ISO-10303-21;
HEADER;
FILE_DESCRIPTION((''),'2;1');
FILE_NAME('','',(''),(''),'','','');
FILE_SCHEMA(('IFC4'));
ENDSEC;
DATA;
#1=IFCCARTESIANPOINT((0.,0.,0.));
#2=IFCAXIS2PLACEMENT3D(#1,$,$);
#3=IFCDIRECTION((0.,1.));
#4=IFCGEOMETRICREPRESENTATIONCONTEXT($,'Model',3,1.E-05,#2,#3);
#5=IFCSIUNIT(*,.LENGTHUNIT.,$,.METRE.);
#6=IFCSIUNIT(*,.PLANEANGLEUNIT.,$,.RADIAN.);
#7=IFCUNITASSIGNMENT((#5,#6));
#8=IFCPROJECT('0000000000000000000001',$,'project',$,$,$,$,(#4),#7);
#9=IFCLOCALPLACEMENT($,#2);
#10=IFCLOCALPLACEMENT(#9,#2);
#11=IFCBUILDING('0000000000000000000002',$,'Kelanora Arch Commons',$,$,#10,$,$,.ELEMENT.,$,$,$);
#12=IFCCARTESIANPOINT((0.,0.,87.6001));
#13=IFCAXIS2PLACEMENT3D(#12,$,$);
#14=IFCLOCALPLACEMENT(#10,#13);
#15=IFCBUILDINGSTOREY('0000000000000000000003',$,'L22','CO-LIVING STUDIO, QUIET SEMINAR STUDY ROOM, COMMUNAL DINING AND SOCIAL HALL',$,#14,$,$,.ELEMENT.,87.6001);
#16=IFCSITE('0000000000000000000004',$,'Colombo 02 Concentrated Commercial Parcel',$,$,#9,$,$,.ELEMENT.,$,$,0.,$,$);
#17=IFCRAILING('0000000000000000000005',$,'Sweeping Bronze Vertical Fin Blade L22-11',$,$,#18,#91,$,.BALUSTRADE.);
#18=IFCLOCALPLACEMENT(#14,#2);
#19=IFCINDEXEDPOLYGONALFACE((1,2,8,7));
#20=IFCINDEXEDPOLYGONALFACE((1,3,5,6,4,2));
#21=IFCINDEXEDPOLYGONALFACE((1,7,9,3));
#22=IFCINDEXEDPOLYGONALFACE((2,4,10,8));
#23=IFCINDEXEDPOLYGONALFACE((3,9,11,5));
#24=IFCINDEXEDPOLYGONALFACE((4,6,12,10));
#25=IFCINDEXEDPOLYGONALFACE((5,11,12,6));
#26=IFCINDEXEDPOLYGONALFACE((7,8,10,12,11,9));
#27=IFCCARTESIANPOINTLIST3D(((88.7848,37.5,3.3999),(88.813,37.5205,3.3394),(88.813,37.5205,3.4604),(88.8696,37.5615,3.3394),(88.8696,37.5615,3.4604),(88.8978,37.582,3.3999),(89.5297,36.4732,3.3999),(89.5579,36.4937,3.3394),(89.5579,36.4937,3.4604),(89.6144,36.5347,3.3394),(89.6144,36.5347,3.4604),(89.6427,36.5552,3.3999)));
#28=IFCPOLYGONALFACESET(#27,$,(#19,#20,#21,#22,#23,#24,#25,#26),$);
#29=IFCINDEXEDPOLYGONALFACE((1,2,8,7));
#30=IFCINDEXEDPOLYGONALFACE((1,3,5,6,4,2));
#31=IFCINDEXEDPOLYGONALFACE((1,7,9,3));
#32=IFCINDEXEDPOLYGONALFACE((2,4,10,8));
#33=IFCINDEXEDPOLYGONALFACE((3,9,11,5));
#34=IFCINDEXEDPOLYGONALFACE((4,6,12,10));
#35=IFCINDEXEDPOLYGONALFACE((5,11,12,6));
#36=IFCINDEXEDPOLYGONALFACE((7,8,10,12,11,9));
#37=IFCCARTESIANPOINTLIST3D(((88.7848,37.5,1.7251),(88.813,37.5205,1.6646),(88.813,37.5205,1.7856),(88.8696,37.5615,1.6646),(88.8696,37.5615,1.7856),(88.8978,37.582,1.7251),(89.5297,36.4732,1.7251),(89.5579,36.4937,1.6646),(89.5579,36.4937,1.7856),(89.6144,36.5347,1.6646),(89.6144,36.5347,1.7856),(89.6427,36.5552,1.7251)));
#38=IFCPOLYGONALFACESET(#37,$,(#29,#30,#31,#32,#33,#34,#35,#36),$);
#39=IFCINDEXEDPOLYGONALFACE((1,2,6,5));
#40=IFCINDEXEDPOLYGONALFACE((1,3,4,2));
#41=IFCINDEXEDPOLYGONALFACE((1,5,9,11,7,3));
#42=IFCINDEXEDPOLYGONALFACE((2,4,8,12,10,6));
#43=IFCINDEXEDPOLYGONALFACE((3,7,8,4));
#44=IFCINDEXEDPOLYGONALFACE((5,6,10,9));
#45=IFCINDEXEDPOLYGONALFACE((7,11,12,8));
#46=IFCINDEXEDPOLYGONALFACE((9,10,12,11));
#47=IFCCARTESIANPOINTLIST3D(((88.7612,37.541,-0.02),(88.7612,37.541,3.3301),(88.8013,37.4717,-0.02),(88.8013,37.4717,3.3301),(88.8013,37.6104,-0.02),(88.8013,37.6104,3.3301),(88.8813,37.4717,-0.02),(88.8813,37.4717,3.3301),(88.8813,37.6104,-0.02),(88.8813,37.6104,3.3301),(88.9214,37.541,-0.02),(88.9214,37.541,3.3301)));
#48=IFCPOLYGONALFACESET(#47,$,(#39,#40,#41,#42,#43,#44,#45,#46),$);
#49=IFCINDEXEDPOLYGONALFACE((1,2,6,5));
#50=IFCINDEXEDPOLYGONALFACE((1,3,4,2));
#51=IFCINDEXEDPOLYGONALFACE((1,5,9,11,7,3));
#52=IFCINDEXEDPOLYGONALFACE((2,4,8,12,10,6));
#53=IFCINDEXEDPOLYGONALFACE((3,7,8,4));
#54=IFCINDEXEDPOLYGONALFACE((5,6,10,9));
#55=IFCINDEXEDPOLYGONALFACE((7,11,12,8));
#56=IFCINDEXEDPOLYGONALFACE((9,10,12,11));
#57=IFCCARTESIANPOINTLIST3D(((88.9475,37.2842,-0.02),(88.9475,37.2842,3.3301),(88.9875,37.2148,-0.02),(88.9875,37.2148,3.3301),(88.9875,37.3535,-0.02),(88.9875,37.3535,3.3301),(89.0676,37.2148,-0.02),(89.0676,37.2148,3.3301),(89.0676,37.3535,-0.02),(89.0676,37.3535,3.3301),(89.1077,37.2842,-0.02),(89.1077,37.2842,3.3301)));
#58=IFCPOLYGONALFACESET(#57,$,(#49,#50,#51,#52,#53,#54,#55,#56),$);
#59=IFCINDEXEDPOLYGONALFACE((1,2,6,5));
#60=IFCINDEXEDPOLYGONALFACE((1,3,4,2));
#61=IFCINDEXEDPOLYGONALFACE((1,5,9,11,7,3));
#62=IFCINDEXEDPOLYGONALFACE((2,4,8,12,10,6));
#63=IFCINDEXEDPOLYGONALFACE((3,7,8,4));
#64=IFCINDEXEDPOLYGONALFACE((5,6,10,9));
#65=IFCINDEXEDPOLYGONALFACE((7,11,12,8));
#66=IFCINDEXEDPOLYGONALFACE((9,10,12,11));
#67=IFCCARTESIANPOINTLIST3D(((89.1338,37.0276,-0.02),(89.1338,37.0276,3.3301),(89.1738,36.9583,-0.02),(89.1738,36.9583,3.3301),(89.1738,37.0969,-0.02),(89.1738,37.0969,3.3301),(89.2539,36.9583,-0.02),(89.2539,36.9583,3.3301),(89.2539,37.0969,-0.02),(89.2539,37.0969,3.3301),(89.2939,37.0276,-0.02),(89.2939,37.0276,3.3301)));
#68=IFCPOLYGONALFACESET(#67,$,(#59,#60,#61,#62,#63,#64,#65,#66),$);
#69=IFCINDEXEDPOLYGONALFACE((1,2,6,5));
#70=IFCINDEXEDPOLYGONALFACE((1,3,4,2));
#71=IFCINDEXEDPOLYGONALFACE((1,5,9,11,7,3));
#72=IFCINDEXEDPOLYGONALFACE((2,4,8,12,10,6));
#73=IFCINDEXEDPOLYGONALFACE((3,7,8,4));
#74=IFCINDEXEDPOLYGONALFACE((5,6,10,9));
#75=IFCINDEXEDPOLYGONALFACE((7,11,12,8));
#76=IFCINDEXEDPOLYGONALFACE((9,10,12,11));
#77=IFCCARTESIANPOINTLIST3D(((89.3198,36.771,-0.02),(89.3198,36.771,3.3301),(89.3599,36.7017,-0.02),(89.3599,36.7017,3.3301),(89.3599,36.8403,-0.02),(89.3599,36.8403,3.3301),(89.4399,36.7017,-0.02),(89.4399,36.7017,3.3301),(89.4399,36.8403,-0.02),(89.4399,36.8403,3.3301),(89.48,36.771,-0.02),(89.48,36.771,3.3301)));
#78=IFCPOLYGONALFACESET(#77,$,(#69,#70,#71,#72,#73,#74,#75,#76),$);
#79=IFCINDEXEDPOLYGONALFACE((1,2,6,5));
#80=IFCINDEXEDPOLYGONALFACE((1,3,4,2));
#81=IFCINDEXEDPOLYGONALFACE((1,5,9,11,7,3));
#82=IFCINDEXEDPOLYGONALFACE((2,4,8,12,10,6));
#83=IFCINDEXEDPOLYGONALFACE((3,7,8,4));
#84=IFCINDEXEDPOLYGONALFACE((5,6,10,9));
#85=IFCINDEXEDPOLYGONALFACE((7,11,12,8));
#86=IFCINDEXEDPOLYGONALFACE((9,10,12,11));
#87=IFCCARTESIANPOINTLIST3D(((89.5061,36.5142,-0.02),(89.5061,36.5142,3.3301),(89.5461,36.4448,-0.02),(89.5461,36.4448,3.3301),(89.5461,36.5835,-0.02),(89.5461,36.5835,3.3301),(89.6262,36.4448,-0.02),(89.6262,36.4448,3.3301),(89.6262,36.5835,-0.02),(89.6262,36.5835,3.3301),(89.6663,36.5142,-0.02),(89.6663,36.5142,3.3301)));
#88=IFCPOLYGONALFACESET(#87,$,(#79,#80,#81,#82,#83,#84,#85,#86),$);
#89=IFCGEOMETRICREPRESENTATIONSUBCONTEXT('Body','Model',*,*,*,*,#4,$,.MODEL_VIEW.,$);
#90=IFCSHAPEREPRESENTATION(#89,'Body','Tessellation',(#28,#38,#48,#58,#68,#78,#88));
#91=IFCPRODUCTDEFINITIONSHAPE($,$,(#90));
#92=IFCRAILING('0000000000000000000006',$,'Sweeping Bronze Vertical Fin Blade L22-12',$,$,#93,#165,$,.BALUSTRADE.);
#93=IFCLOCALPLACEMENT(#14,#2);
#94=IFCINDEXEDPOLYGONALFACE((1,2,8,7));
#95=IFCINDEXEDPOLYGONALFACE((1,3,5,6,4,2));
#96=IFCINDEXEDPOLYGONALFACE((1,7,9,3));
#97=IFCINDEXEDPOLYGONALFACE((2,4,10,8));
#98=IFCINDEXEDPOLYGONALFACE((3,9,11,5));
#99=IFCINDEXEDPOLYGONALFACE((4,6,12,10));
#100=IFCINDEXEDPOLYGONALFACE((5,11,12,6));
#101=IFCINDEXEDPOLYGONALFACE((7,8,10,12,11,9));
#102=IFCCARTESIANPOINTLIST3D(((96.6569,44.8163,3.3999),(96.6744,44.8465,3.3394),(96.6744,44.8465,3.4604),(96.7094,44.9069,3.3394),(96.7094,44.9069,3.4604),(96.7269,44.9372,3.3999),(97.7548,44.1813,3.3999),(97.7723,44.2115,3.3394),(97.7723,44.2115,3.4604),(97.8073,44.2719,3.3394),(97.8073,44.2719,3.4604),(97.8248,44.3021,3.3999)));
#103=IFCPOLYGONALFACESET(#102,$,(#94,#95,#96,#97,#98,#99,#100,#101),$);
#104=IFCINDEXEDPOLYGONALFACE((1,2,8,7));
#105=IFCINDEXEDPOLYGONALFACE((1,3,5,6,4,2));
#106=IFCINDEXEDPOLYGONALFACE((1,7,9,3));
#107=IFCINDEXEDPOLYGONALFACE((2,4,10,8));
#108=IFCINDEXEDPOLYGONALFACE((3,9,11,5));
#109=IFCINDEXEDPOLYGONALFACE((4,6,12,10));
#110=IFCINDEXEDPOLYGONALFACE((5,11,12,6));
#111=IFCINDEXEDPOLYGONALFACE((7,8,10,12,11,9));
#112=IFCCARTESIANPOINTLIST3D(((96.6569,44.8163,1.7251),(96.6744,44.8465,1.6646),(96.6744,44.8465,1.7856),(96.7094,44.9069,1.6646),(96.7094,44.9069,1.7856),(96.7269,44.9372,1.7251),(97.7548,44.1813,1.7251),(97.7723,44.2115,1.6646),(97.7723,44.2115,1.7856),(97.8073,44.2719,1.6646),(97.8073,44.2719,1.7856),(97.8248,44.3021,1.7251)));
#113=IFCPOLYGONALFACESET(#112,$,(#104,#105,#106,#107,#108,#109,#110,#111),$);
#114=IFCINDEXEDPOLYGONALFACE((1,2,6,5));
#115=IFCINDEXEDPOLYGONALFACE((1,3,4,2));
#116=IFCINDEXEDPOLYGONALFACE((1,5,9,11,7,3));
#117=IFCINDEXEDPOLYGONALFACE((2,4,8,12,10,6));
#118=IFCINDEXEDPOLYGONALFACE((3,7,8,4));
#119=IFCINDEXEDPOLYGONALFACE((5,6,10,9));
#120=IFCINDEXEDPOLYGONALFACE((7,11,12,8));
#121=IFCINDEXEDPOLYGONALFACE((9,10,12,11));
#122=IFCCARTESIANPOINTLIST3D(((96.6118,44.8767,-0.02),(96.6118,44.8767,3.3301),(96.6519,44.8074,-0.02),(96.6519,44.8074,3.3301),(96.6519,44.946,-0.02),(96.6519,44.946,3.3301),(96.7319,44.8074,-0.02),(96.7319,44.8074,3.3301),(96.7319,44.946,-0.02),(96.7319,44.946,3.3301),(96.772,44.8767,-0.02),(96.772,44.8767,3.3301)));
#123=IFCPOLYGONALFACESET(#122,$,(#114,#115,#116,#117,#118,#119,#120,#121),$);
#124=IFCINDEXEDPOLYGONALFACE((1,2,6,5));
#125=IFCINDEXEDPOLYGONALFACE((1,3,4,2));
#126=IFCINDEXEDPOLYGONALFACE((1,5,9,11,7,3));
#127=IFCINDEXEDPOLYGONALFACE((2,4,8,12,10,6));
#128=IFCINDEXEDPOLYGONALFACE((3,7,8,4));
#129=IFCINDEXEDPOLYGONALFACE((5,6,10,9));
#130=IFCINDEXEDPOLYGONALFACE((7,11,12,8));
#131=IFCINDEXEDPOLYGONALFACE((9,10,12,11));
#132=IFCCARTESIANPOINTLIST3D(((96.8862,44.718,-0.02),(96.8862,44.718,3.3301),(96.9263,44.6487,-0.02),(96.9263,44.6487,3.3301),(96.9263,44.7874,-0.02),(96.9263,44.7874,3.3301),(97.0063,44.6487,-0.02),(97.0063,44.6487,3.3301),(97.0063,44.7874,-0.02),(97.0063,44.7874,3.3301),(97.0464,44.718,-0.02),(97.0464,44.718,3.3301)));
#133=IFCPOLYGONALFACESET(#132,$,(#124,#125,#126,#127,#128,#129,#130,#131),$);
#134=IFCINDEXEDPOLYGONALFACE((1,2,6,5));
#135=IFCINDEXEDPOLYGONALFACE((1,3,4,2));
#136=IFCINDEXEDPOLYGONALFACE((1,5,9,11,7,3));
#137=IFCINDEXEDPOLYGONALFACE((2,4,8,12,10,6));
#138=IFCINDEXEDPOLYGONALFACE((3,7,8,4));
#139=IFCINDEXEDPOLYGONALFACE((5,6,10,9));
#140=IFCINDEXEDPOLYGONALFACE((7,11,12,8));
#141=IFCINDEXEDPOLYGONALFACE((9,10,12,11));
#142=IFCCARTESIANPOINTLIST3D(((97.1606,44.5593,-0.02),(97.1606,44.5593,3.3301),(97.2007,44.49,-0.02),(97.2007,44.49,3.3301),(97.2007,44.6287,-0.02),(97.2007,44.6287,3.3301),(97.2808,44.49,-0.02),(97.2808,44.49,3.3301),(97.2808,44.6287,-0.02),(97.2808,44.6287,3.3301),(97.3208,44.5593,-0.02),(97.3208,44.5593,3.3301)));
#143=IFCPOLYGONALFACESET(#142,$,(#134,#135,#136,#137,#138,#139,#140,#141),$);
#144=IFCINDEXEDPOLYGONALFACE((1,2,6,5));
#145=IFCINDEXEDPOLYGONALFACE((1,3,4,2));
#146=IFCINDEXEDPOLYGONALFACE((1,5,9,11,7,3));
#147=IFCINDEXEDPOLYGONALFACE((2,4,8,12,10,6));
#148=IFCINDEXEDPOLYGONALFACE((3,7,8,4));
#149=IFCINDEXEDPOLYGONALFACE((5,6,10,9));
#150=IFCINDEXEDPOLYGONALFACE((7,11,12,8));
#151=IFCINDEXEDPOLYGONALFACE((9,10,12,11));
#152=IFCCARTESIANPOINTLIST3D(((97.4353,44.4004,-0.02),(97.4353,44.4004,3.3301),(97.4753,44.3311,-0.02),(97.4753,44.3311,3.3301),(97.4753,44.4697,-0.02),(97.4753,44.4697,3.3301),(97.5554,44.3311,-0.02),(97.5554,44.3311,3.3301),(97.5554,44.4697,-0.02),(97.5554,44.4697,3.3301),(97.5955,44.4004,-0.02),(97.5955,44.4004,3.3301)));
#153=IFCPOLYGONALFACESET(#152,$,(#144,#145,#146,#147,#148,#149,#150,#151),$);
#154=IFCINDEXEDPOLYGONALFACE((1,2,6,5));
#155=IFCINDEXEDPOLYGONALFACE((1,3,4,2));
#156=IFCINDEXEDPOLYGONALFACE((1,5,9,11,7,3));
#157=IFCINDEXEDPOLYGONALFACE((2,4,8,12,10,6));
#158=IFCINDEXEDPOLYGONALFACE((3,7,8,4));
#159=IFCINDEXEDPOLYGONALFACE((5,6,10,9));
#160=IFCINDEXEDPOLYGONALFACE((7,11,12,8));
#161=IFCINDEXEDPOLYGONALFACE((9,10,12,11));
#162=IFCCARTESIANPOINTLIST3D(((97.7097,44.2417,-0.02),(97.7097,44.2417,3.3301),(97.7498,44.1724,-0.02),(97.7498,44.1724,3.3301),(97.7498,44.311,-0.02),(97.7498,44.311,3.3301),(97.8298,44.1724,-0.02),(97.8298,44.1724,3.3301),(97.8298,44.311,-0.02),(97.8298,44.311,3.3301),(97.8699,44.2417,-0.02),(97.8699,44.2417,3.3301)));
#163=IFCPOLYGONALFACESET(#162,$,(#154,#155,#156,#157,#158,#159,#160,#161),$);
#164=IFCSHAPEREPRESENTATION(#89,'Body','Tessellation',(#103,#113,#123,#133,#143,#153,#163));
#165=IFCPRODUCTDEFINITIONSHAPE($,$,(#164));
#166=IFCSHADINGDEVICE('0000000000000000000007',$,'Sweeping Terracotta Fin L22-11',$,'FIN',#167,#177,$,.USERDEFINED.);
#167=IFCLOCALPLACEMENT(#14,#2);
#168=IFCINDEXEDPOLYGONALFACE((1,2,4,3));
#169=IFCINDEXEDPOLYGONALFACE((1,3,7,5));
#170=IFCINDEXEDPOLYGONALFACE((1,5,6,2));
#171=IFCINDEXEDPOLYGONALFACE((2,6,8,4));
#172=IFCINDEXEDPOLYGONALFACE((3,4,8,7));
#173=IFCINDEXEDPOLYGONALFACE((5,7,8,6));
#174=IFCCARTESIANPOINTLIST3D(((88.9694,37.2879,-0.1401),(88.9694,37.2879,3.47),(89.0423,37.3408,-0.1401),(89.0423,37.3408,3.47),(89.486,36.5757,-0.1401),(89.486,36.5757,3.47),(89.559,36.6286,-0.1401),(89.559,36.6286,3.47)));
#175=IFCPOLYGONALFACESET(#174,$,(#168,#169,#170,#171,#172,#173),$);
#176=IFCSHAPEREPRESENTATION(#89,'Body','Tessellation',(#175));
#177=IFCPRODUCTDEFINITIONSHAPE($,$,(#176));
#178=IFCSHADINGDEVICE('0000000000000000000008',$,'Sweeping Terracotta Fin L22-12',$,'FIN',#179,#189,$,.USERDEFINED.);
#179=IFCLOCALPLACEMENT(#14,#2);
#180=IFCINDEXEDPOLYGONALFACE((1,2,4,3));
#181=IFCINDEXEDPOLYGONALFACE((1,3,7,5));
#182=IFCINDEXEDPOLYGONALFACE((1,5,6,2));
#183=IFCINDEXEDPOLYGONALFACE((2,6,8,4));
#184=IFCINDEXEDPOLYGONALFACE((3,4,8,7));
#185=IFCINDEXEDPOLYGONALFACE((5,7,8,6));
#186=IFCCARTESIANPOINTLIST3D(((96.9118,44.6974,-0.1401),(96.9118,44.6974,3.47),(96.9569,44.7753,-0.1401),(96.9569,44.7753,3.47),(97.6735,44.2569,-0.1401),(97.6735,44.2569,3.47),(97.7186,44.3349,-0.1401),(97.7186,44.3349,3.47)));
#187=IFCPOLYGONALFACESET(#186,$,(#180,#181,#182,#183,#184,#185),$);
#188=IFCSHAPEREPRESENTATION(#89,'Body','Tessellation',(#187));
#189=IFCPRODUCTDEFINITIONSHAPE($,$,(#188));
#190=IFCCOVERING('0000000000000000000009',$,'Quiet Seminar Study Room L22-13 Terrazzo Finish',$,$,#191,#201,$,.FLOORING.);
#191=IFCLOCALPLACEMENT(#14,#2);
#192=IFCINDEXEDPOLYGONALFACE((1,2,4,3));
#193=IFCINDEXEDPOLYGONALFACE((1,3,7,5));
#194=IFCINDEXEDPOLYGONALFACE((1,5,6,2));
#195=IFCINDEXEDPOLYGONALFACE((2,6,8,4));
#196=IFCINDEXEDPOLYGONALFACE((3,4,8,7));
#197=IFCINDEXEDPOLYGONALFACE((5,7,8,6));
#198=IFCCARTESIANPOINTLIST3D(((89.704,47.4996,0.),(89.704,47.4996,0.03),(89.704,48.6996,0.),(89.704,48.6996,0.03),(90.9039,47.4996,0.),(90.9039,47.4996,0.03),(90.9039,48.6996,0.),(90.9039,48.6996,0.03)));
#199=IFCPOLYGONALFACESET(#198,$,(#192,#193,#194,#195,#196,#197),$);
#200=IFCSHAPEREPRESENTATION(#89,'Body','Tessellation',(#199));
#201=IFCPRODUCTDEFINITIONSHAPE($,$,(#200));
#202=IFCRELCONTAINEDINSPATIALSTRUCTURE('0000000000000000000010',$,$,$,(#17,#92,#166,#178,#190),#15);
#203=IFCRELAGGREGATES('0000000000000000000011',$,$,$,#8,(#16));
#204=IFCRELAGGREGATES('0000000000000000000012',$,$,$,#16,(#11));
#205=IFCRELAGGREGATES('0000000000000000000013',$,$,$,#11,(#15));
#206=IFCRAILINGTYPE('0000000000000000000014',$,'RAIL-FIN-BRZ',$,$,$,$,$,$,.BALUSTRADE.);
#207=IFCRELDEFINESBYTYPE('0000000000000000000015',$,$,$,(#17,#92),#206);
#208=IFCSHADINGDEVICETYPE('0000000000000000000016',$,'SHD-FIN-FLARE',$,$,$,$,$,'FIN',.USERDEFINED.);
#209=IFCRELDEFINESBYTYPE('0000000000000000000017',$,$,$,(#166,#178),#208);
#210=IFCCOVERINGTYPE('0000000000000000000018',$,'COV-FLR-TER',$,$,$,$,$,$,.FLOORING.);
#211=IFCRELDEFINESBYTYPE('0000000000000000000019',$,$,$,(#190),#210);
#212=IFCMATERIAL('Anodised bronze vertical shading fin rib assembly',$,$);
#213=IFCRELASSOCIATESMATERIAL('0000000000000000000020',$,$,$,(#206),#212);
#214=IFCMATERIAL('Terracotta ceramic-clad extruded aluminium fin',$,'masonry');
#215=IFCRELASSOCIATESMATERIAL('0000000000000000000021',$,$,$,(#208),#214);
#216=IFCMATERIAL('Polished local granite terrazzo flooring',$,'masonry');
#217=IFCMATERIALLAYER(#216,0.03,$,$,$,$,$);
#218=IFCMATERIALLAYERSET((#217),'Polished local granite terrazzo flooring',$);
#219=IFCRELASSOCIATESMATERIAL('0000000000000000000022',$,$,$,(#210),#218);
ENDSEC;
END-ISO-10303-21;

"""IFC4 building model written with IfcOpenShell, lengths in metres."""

from ifc_helpers import new_model, si_unit, direction, frame, origin, origin_2d, place, context, subcontext, project, spatial, polyline, rectangle, outline, extrude, source, transform, mapped, material, layer, layer_set, type_object, element, save


model = new_model("IFC4")

# Units and contexts
model_context = context("Model", 3, precision=1e-05, world=origin(), true_north=direction((0.0, 1.0)))
body_context = subcontext(model_context, "Body", "Model", "MODEL_VIEW")
ifc_project = project(units=[si_unit("LENGTHUNIT", "METRE"), si_unit("PLANEANGLEUNIT", "RADIAN")], contexts=[model_context])

# Site, building, storey
site_placement = place(None, origin())
site = spatial("IfcSite", under=ifc_project, at=site_placement, Name="Colombo 02 Concentrated Commercial Parcel", CompositionType="ELEMENT", RefElevation=0.0)
building_placement = place(site_placement, origin())
building = spatial("IfcBuilding", under=site, at=building_placement, Name="Kelanora Arch Commons", CompositionType="ELEMENT")
storey_placement = place(building_placement, frame((0.0, 0.0, 87.6001)))
storey = spatial("IfcBuildingStorey", under=building, at=storey_placement, Name="L22", Description="CO-LIVING STUDIO, QUIET SEMINAR STUDY ROOM, COMMUNAL DINING AND SOCIAL HALL", CompositionType="ELEMENT", Elevation=87.6001)

# Railings
ifc_material_1 = material(Name="Anodised bronze vertical shading fin rib assembly")
railing_type = type_object("IfcRailingType", Name="RAIL-FIN-BRZ", PredefinedType="BALUSTRADE", material=ifc_material_1)
railing_1_placement = place(storey_placement, frame((88.8413, 37.541, -0.02)))
element("IfcRailing", 1, at=railing_1_placement, inside=storey, type_object=railing_type, Name="Sweeping Bronze Vertical Fin Blade L22-11", PredefinedType="BALUSTRADE", context=body_context, shape_type="SweptSolid", body=[
    extrude(outline(polyline([(0.0698, 0.0), (0.0349, 0.0605), (-0.0349, 0.0605), (-0.0698, 0.0), (-0.0349, -0.0605), (0.0349, -0.0605), (0.0698, 0.0)])), frame((0.0, 0.0, 3.4199), z_axis=(0.587176, -0.80946, 0.0), x_axis=(0.80946, 0.587176, 0.0)), (0.0, 0.0, 1.0), 1.2686),
    extrude(outline(polyline([(0.0698, 0.0), (0.0349, 0.0605), (-0.0349, 0.0605), (-0.0698, 0.0), (-0.0349, -0.0605), (0.0349, -0.0605), (0.0698, 0.0)])), frame((0.0, 0.0, 1.7451), z_axis=(0.587176, -0.80946, 0.0), x_axis=(0.80946, 0.587176, 0.0)), (0.0, 0.0, 1.0), 1.2686),
    extrude(outline(polyline([(0.0801, 0.0), (0.04, 0.0693), (-0.04, 0.0693), (-0.0801, 0.0), (-0.04, -0.0693), (0.04, -0.0693), (0.0801, 0.0)])), origin(), (0.0, 0.0, 1.0), 3.3501),
    extrude(outline(polyline([(0.0801, 0.0), (0.04, 0.0693), (-0.04, 0.0693), (-0.0801, 0.0), (-0.04, -0.0693), (0.04, -0.0693), (0.0801, 0.0)])), frame((0.1863, -0.2568, 0.0)), (0.0, 0.0, 1.0), 3.3501),
    extrude(outline(polyline([(0.0801, 0.0), (0.04, 0.0693), (-0.04, 0.0693), (-0.0801, 0.0), (-0.04, -0.0693), (0.04, -0.0693), (0.0801, 0.0)])), frame((0.3726, -0.5134, 0.0)), (0.0, 0.0, 1.0), 3.3501),
    extrude(outline(polyline([(0.0801, 0.0), (0.04, 0.0693), (-0.04, 0.0693), (-0.0801, 0.0), (-0.04, -0.0693), (0.04, -0.0693), (0.0801, 0.0)])), frame((0.5586, -0.77, 0.0)), (0.0, 0.0, 1.0), 3.3501),
    extrude(outline(polyline([(0.0801, 0.0), (0.04, 0.0693), (-0.04, 0.0693), (-0.0801, 0.0), (-0.04, -0.0693), (0.04, -0.0693), (0.0801, 0.0)])), frame((0.7449, -1.0269, 0.0)), (0.0, 0.0, 1.0), 3.3501),
])
railing_2_placement = place(storey_placement, frame((96.6919, 44.8767, -0.02)))
element("IfcRailing", 2, at=railing_2_placement, inside=storey, type_object=railing_type, Name="Sweeping Bronze Vertical Fin Blade L22-12", PredefinedType="BALUSTRADE", context=body_context, shape_type="SweptSolid", body=[
    extrude(outline(polyline([(0.0698, 0.0), (0.0349, 0.0605), (-0.0349, 0.0605), (-0.0698, 0.0), (-0.0349, -0.0605), (0.0349, -0.0605), (0.0698, 0.0)])), frame((0.0, 0.0, 3.4199), z_axis=(0.865637, -0.500672, 0.0), x_axis=(0.500672, 0.865637, 0.0)), (0.0, 0.0, 1.0), 1.2683),
    extrude(outline(polyline([(0.0698, 0.0), (0.0349, 0.0605), (-0.0349, 0.0605), (-0.0698, 0.0), (-0.0349, -0.0605), (0.0349, -0.0605), (0.0698, 0.0)])), frame((0.0, 0.0, 1.7451), z_axis=(0.865637, -0.500672, 0.0), x_axis=(0.500672, 0.865637, 0.0)), (0.0, 0.0, 1.0), 1.2683),
    extrude(outline(polyline([(0.0801, 0.0), (0.04, 0.0693), (-0.04, 0.0693), (-0.0801, 0.0), (-0.04, -0.0693), (0.04, -0.0693), (0.0801, 0.0)])), origin(), (0.0, 0.0, 1.0), 3.3501),
    extrude(outline(polyline([(0.0801, 0.0), (0.04, 0.0693), (-0.04, 0.0693), (-0.0801, 0.0), (-0.04, -0.0693), (0.04, -0.0693), (0.0801, 0.0)])), frame((0.2744, -0.1587, 0.0)), (0.0, 0.0, 1.0), 3.3501),
    extrude(outline(polyline([(0.0801, 0.0), (0.04, 0.0693), (-0.04, 0.0693), (-0.0801, 0.0), (-0.04, -0.0693), (0.04, -0.0693), (0.0801, 0.0)])), frame((0.5488, -0.3174, 0.0)), (0.0, 0.0, 1.0), 3.3501),
    extrude(outline(polyline([(0.0801, 0.0), (0.04, 0.0693), (-0.04, 0.0693), (-0.0801, 0.0), (-0.04, -0.0693), (0.04, -0.0693), (0.0801, 0.0)])), frame((0.8235, -0.4763, 0.0)), (0.0, 0.0, 1.0), 3.3501),
    extrude(outline(polyline([(0.0801, 0.0), (0.04, 0.0693), (-0.04, 0.0693), (-0.0801, 0.0), (-0.04, -0.0693), (0.04, -0.0693), (0.0801, 0.0)])), frame((1.0979, -0.635, 0.0)), (0.0, 0.0, 1.0), 3.3501),
])

# Shading devices
ifc_material_2 = material(Name="Terracotta ceramic-clad extruded aluminium fin", Category="masonry")
shading_device_type = type_object("IfcShadingDeviceType", Name="SHD-FIN-FLARE", ElementType="FIN", PredefinedType="USERDEFINED", material=ifc_material_2)
shared_shape_1 = source(origin(), body_context, "Body", "SweptSolid", [
    extrude(rectangle(XDim=0.8799, YDim=0.0901, at=origin_2d()), origin(), (0.0, 0.0, 1.0), 3.6101),
])
for number, where, z_axis, x_axis, name in (
    (3, (89.2642, 36.9583, -0.1401), (0.0, 0.0, 1.0), (0.58722, -0.809427, 0.0), "Sweeping Terracotta Fin L22-11"),
    (4, (97.3152, 44.5161, -0.1401), (0.0, 0.0, 1.0), (0.865676, -0.500604, 0.0), "Sweeping Terracotta Fin L22-12"),
):
    element("IfcShadingDevice", number, at=place(storey_placement, frame(where, z_axis=z_axis, x_axis=x_axis)), inside=storey, type_object=shading_device_type, Name=name, ObjectType="FIN", PredefinedType="USERDEFINED", context=body_context, shape_type="MappedRepresentation", body=[
        mapped(shared_shape_1, transform((0.0, 0.0, 0.0), scale=1.0)),
    ])

# Covering
ifc_material_3 = material(Name="Polished local granite terrazzo flooring", Category="masonry")
ifc_layer_1 = layer(ifc_material_3, 0.03)
ifc_layer_set_1 = layer_set([ifc_layer_1], Name="Polished local granite terrazzo flooring")
covering_type = type_object("IfcCoveringType", Name="COV-FLR-TER", PredefinedType="FLOORING", material=ifc_layer_set_1)
shared_shape_2 = source(origin(), body_context, "Body", "SweptSolid", [
    extrude(rectangle(XDim=1.2, YDim=1.2, at=origin_2d()), origin(), (0.0, 0.0, 1.0), 0.03),
])
covering_placement = place(storey_placement, frame((90.304, 48.0996, 0.0), z_axis=(0.0, 0.0, 1.0), x_axis=(1.0, 0.0, 0.0)))
element("IfcCovering", 5, at=covering_placement, inside=storey, type_object=covering_type, Name="Quiet Seminar Study Room L22-13 Terrazzo Finish", PredefinedType="FLOORING", context=body_context, shape_type="MappedRepresentation", body=[
    mapped(shared_shape_2, transform((0.0, 0.0, 0.0), scale=1.0)),
])

save(model, "model.ifc")
